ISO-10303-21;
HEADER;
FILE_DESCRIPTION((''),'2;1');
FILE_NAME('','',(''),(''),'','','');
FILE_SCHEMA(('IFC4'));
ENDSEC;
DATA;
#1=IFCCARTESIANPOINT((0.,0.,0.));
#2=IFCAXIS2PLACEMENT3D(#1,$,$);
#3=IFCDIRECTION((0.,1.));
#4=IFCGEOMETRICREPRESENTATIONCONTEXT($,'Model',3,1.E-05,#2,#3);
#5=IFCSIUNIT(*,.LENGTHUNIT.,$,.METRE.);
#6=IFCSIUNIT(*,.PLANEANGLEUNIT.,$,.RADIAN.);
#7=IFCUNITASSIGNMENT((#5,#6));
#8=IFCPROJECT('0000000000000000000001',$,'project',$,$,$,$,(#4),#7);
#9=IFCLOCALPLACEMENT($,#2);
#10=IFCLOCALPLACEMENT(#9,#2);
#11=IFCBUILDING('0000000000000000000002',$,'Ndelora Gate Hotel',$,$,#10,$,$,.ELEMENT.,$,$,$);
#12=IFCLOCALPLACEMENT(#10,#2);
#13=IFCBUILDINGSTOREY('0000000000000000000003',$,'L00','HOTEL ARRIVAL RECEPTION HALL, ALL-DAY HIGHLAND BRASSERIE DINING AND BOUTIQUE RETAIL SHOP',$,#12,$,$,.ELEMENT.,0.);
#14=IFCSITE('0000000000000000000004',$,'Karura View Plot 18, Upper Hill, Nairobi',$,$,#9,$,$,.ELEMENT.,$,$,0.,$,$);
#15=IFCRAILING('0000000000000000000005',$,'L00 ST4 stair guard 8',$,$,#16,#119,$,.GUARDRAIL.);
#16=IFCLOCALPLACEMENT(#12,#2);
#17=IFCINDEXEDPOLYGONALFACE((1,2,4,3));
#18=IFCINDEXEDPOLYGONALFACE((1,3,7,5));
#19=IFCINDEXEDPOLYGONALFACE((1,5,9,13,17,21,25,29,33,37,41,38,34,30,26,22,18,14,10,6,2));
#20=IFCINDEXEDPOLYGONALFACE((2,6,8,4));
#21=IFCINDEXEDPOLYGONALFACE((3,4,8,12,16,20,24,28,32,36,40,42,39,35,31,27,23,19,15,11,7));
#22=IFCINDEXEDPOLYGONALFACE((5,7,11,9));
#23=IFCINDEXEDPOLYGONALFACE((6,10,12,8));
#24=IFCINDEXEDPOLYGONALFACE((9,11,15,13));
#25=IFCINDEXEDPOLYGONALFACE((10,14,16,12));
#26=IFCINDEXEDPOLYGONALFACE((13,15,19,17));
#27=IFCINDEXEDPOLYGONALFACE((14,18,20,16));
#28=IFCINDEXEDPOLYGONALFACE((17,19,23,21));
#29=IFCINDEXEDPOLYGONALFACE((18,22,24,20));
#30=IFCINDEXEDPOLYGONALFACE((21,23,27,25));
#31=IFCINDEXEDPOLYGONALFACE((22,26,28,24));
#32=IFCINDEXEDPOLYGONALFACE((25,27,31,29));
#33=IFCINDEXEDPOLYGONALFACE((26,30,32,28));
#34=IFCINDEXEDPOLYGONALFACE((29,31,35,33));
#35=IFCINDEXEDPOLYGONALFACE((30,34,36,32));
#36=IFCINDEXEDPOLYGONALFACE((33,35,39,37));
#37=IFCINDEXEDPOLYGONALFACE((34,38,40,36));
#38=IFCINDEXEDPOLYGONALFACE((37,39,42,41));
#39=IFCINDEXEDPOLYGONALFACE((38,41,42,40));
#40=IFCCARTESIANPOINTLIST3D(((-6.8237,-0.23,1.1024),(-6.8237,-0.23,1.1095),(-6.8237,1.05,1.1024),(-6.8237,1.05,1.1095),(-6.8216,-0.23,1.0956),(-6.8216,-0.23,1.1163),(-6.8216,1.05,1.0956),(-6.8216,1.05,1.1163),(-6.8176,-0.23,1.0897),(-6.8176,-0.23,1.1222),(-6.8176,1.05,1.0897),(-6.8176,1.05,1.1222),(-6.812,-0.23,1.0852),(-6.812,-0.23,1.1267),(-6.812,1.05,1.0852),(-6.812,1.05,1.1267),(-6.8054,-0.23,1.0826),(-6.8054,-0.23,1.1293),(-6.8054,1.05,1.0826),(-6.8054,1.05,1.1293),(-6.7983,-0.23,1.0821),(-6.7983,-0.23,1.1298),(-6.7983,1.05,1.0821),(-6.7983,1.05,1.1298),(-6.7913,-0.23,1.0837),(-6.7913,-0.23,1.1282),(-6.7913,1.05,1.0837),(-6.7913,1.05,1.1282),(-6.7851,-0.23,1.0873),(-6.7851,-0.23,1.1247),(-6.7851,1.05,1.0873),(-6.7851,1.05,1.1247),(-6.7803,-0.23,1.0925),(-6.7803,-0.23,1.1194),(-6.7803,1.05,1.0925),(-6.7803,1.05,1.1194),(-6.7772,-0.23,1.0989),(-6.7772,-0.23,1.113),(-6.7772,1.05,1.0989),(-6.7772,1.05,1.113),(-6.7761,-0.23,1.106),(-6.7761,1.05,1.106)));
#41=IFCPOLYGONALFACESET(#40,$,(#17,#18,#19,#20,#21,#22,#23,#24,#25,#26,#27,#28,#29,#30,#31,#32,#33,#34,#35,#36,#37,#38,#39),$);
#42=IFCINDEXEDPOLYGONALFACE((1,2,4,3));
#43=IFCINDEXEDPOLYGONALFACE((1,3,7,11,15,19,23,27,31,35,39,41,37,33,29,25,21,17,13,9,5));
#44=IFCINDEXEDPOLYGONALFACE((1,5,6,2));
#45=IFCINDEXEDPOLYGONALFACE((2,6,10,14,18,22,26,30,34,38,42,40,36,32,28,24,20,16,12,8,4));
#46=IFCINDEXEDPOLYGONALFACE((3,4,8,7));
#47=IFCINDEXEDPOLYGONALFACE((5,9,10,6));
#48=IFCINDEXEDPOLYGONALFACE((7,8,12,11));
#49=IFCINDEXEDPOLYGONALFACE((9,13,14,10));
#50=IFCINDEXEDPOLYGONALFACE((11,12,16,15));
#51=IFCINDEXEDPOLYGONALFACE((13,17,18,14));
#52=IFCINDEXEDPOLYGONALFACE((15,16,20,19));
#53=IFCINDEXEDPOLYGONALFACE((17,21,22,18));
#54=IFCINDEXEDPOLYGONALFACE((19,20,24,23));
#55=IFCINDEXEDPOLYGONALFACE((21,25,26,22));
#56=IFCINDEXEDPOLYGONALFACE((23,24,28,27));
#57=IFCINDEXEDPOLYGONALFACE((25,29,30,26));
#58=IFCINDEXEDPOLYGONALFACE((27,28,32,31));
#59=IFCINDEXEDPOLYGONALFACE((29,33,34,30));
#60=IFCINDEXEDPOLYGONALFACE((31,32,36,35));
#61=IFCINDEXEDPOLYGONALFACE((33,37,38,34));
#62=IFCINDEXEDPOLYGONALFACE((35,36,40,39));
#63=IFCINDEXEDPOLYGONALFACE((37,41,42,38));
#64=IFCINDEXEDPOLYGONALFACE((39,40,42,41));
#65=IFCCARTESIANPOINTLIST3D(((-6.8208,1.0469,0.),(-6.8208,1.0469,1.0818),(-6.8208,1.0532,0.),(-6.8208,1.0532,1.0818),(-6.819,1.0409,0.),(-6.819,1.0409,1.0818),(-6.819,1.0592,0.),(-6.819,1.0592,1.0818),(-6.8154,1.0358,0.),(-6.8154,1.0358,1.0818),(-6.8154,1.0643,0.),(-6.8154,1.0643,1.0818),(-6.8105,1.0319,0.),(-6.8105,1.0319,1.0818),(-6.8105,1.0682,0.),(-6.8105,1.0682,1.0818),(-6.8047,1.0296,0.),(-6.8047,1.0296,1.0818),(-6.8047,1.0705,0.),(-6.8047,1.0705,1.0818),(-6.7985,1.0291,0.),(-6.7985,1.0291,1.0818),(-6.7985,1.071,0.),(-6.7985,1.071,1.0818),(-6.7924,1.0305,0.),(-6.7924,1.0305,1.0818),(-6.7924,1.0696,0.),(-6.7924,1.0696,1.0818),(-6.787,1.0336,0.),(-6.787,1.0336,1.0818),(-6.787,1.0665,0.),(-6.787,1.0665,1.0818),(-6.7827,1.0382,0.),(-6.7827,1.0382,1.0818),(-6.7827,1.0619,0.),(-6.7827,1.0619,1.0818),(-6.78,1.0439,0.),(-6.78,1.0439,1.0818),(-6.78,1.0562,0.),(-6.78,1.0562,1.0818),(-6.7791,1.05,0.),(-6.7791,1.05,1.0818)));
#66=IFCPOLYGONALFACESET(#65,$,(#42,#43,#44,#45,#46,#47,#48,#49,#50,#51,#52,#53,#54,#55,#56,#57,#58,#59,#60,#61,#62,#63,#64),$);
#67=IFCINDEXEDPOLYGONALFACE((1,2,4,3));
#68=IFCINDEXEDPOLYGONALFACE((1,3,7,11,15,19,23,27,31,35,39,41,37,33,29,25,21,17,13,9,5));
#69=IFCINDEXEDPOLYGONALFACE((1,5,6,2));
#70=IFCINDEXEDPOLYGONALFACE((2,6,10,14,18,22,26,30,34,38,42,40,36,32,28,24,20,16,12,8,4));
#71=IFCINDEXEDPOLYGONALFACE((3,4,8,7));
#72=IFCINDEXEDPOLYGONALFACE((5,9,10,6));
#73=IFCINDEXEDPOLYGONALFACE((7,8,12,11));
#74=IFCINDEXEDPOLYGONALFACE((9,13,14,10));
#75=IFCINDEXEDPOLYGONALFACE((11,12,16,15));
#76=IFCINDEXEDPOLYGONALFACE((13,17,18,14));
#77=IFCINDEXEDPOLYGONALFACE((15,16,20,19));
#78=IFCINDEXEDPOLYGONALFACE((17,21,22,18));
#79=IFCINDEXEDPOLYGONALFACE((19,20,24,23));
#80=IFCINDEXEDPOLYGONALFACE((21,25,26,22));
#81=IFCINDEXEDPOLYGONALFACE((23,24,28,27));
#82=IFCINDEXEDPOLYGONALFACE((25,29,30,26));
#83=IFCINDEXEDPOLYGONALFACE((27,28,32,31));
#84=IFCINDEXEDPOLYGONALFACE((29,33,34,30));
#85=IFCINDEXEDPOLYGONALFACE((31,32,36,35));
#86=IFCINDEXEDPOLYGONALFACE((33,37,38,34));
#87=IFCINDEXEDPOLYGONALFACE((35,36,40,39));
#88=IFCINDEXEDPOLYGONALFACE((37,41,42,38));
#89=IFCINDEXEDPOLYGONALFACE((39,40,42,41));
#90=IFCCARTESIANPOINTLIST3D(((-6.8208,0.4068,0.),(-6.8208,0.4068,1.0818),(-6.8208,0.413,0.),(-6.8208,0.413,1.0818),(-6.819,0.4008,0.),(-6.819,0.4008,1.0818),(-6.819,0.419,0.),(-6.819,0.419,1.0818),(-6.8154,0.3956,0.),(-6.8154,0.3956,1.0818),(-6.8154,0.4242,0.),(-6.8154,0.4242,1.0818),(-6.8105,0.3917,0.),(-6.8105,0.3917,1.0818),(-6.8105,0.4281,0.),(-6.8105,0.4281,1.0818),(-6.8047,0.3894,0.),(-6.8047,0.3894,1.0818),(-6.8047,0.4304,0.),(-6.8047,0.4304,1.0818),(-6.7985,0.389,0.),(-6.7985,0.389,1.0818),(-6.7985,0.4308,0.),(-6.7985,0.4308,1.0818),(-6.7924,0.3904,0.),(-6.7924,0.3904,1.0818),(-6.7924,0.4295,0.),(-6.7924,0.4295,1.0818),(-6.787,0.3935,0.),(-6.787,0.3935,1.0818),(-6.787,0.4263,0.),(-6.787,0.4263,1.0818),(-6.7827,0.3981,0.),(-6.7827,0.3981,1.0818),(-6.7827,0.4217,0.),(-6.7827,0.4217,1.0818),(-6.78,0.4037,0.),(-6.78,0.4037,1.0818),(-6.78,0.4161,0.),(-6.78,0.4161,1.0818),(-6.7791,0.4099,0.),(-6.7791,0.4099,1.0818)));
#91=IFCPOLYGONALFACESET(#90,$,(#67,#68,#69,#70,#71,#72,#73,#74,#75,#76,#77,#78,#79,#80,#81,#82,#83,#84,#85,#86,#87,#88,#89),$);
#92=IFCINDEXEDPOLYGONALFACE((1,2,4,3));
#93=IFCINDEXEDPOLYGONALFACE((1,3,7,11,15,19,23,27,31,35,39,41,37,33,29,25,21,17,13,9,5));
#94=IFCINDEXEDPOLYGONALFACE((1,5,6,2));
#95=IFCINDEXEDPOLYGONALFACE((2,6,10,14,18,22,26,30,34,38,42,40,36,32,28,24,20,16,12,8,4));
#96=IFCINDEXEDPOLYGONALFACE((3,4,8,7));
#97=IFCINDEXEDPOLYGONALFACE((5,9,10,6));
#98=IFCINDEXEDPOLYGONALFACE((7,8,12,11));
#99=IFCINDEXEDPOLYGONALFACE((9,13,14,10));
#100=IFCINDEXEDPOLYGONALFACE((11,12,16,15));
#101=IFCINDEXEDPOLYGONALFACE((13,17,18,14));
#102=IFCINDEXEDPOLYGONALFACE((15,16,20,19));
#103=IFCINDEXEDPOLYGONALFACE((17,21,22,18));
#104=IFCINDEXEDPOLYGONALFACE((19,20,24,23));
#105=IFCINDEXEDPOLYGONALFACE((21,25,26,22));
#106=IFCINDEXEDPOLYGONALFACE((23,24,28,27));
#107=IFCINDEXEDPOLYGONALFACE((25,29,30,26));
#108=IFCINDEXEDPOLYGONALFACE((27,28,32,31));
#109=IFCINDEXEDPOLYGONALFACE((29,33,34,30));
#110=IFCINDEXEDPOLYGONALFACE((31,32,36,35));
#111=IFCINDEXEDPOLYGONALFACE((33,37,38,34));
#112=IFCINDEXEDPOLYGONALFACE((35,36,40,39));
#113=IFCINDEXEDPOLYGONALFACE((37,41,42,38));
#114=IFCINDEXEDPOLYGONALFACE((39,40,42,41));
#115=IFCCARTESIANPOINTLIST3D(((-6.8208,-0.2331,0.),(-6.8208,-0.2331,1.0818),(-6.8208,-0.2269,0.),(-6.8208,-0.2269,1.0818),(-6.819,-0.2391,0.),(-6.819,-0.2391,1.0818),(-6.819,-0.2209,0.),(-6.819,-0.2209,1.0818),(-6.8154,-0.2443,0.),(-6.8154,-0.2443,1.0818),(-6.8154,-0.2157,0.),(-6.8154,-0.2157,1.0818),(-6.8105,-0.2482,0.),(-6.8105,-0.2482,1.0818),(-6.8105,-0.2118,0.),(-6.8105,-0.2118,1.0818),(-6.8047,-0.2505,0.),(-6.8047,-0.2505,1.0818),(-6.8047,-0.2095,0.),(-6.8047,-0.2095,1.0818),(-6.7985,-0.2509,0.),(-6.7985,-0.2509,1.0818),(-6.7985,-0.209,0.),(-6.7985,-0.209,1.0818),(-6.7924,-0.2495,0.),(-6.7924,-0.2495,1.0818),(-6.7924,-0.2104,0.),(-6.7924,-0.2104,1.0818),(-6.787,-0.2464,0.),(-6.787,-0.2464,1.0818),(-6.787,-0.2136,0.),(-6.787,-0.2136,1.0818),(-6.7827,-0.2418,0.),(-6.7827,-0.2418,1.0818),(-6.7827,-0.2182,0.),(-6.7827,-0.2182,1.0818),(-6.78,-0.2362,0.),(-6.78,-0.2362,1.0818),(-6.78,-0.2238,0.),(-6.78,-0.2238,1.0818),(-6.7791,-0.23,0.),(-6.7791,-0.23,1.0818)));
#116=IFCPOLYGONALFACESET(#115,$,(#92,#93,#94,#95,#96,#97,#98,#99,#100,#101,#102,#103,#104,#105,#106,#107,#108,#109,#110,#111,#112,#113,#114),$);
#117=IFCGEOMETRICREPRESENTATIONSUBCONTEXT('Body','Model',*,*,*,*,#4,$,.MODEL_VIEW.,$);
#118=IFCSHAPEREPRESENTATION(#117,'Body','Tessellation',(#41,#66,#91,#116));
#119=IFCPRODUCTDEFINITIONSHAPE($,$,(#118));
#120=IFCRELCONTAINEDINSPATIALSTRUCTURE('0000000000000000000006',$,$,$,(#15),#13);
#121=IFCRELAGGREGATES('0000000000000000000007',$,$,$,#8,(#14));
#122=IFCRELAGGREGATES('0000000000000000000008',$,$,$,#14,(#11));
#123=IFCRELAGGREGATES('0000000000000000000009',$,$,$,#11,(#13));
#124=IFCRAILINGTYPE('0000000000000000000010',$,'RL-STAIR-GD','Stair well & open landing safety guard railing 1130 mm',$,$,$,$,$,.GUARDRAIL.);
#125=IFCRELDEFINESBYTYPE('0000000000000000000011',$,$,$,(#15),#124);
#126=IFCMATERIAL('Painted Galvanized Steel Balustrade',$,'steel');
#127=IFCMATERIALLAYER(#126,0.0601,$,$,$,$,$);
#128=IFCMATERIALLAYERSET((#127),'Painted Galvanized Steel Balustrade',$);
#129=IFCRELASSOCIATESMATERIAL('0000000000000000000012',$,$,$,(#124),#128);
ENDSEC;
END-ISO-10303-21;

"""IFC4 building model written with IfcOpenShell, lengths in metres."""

from ifc_helpers import new_model, si_unit, direction, frame, origin, origin_2d, place, context, subcontext, project, spatial, circle, extrude, material, layer, layer_set, type_object, element, save


model = new_model("IFC4")

# Units and contexts
model_context = context("Model", 3, precision=1e-05, world=origin(), true_north=direction((0.0, 1.0)))
body_context = subcontext(model_context, "Body", "Model", "MODEL_VIEW")
ifc_project = project(units=[si_unit("LENGTHUNIT", "METRE"), si_unit("PLANEANGLEUNIT", "RADIAN")], contexts=[model_context])

# Site, building, storey
site_placement = place(None, origin())
site = spatial("IfcSite", under=ifc_project, at=site_placement, Name="Karura View Plot 18, Upper Hill, Nairobi", CompositionType="ELEMENT", RefElevation=0.0)
building_placement = place(site_placement, origin())
building = spatial("IfcBuilding", under=site, at=building_placement, Name="Ndelora Gate Hotel", CompositionType="ELEMENT")
storey_placement = place(building_placement, origin())
storey = spatial("IfcBuildingStorey", under=building, at=storey_placement, Name="L00", Description="HOTEL ARRIVAL RECEPTION HALL, ALL-DAY HIGHLAND BRASSERIE DINING AND BOUTIQUE RETAIL SHOP", CompositionType="ELEMENT", Elevation=0.0)

# Railing
ifc_material_1 = material(Name="Painted Galvanized Steel Balustrade", Category="steel")
ifc_layer_1 = layer(ifc_material_1, 0.0601)
ifc_layer_set_1 = layer_set([ifc_layer_1], Name="Painted Galvanized Steel Balustrade")
railing_type = type_object("IfcRailingType", Name="RL-STAIR-GD", Description="Stair well & open landing safety guard railing 1130 mm", PredefinedType="GUARDRAIL", material=ifc_layer_set_1)
for number, where, name in (
    (1, (-6.8, 1.05, 0.0), "L00 ST4 stair guard 8"),
):
    element("IfcRailing", number, at=place(storey_placement, frame(where)), inside=storey, type_object=railing_type, Name=name, PredefinedType="GUARDRAIL", context=body_context, shape_type="SweptSolid", body=[
        extrude(circle(Radius=0.0239, at=origin_2d()), frame((0.0, 0.0, 1.106), z_axis=(0.0, -1.0, 0.0), x_axis=(1.0, 0.0, 0.0)), (0.0, 0.0, 1.0), 1.28),
        extrude(circle(Radius=0.021, at=origin_2d()), origin(), (0.0, 0.0, 1.0), 1.0818),
        extrude(circle(Radius=0.021, at=origin_2d()), frame((0.0, -0.6401, 0.0)), (0.0, 0.0, 1.0), 1.0818),
        extrude(circle(Radius=0.021, at=origin_2d()), frame((0.0, -1.28, 0.0)), (0.0, 0.0, 1.0), 1.0818),
    ])

save(model, "model.ifc")
